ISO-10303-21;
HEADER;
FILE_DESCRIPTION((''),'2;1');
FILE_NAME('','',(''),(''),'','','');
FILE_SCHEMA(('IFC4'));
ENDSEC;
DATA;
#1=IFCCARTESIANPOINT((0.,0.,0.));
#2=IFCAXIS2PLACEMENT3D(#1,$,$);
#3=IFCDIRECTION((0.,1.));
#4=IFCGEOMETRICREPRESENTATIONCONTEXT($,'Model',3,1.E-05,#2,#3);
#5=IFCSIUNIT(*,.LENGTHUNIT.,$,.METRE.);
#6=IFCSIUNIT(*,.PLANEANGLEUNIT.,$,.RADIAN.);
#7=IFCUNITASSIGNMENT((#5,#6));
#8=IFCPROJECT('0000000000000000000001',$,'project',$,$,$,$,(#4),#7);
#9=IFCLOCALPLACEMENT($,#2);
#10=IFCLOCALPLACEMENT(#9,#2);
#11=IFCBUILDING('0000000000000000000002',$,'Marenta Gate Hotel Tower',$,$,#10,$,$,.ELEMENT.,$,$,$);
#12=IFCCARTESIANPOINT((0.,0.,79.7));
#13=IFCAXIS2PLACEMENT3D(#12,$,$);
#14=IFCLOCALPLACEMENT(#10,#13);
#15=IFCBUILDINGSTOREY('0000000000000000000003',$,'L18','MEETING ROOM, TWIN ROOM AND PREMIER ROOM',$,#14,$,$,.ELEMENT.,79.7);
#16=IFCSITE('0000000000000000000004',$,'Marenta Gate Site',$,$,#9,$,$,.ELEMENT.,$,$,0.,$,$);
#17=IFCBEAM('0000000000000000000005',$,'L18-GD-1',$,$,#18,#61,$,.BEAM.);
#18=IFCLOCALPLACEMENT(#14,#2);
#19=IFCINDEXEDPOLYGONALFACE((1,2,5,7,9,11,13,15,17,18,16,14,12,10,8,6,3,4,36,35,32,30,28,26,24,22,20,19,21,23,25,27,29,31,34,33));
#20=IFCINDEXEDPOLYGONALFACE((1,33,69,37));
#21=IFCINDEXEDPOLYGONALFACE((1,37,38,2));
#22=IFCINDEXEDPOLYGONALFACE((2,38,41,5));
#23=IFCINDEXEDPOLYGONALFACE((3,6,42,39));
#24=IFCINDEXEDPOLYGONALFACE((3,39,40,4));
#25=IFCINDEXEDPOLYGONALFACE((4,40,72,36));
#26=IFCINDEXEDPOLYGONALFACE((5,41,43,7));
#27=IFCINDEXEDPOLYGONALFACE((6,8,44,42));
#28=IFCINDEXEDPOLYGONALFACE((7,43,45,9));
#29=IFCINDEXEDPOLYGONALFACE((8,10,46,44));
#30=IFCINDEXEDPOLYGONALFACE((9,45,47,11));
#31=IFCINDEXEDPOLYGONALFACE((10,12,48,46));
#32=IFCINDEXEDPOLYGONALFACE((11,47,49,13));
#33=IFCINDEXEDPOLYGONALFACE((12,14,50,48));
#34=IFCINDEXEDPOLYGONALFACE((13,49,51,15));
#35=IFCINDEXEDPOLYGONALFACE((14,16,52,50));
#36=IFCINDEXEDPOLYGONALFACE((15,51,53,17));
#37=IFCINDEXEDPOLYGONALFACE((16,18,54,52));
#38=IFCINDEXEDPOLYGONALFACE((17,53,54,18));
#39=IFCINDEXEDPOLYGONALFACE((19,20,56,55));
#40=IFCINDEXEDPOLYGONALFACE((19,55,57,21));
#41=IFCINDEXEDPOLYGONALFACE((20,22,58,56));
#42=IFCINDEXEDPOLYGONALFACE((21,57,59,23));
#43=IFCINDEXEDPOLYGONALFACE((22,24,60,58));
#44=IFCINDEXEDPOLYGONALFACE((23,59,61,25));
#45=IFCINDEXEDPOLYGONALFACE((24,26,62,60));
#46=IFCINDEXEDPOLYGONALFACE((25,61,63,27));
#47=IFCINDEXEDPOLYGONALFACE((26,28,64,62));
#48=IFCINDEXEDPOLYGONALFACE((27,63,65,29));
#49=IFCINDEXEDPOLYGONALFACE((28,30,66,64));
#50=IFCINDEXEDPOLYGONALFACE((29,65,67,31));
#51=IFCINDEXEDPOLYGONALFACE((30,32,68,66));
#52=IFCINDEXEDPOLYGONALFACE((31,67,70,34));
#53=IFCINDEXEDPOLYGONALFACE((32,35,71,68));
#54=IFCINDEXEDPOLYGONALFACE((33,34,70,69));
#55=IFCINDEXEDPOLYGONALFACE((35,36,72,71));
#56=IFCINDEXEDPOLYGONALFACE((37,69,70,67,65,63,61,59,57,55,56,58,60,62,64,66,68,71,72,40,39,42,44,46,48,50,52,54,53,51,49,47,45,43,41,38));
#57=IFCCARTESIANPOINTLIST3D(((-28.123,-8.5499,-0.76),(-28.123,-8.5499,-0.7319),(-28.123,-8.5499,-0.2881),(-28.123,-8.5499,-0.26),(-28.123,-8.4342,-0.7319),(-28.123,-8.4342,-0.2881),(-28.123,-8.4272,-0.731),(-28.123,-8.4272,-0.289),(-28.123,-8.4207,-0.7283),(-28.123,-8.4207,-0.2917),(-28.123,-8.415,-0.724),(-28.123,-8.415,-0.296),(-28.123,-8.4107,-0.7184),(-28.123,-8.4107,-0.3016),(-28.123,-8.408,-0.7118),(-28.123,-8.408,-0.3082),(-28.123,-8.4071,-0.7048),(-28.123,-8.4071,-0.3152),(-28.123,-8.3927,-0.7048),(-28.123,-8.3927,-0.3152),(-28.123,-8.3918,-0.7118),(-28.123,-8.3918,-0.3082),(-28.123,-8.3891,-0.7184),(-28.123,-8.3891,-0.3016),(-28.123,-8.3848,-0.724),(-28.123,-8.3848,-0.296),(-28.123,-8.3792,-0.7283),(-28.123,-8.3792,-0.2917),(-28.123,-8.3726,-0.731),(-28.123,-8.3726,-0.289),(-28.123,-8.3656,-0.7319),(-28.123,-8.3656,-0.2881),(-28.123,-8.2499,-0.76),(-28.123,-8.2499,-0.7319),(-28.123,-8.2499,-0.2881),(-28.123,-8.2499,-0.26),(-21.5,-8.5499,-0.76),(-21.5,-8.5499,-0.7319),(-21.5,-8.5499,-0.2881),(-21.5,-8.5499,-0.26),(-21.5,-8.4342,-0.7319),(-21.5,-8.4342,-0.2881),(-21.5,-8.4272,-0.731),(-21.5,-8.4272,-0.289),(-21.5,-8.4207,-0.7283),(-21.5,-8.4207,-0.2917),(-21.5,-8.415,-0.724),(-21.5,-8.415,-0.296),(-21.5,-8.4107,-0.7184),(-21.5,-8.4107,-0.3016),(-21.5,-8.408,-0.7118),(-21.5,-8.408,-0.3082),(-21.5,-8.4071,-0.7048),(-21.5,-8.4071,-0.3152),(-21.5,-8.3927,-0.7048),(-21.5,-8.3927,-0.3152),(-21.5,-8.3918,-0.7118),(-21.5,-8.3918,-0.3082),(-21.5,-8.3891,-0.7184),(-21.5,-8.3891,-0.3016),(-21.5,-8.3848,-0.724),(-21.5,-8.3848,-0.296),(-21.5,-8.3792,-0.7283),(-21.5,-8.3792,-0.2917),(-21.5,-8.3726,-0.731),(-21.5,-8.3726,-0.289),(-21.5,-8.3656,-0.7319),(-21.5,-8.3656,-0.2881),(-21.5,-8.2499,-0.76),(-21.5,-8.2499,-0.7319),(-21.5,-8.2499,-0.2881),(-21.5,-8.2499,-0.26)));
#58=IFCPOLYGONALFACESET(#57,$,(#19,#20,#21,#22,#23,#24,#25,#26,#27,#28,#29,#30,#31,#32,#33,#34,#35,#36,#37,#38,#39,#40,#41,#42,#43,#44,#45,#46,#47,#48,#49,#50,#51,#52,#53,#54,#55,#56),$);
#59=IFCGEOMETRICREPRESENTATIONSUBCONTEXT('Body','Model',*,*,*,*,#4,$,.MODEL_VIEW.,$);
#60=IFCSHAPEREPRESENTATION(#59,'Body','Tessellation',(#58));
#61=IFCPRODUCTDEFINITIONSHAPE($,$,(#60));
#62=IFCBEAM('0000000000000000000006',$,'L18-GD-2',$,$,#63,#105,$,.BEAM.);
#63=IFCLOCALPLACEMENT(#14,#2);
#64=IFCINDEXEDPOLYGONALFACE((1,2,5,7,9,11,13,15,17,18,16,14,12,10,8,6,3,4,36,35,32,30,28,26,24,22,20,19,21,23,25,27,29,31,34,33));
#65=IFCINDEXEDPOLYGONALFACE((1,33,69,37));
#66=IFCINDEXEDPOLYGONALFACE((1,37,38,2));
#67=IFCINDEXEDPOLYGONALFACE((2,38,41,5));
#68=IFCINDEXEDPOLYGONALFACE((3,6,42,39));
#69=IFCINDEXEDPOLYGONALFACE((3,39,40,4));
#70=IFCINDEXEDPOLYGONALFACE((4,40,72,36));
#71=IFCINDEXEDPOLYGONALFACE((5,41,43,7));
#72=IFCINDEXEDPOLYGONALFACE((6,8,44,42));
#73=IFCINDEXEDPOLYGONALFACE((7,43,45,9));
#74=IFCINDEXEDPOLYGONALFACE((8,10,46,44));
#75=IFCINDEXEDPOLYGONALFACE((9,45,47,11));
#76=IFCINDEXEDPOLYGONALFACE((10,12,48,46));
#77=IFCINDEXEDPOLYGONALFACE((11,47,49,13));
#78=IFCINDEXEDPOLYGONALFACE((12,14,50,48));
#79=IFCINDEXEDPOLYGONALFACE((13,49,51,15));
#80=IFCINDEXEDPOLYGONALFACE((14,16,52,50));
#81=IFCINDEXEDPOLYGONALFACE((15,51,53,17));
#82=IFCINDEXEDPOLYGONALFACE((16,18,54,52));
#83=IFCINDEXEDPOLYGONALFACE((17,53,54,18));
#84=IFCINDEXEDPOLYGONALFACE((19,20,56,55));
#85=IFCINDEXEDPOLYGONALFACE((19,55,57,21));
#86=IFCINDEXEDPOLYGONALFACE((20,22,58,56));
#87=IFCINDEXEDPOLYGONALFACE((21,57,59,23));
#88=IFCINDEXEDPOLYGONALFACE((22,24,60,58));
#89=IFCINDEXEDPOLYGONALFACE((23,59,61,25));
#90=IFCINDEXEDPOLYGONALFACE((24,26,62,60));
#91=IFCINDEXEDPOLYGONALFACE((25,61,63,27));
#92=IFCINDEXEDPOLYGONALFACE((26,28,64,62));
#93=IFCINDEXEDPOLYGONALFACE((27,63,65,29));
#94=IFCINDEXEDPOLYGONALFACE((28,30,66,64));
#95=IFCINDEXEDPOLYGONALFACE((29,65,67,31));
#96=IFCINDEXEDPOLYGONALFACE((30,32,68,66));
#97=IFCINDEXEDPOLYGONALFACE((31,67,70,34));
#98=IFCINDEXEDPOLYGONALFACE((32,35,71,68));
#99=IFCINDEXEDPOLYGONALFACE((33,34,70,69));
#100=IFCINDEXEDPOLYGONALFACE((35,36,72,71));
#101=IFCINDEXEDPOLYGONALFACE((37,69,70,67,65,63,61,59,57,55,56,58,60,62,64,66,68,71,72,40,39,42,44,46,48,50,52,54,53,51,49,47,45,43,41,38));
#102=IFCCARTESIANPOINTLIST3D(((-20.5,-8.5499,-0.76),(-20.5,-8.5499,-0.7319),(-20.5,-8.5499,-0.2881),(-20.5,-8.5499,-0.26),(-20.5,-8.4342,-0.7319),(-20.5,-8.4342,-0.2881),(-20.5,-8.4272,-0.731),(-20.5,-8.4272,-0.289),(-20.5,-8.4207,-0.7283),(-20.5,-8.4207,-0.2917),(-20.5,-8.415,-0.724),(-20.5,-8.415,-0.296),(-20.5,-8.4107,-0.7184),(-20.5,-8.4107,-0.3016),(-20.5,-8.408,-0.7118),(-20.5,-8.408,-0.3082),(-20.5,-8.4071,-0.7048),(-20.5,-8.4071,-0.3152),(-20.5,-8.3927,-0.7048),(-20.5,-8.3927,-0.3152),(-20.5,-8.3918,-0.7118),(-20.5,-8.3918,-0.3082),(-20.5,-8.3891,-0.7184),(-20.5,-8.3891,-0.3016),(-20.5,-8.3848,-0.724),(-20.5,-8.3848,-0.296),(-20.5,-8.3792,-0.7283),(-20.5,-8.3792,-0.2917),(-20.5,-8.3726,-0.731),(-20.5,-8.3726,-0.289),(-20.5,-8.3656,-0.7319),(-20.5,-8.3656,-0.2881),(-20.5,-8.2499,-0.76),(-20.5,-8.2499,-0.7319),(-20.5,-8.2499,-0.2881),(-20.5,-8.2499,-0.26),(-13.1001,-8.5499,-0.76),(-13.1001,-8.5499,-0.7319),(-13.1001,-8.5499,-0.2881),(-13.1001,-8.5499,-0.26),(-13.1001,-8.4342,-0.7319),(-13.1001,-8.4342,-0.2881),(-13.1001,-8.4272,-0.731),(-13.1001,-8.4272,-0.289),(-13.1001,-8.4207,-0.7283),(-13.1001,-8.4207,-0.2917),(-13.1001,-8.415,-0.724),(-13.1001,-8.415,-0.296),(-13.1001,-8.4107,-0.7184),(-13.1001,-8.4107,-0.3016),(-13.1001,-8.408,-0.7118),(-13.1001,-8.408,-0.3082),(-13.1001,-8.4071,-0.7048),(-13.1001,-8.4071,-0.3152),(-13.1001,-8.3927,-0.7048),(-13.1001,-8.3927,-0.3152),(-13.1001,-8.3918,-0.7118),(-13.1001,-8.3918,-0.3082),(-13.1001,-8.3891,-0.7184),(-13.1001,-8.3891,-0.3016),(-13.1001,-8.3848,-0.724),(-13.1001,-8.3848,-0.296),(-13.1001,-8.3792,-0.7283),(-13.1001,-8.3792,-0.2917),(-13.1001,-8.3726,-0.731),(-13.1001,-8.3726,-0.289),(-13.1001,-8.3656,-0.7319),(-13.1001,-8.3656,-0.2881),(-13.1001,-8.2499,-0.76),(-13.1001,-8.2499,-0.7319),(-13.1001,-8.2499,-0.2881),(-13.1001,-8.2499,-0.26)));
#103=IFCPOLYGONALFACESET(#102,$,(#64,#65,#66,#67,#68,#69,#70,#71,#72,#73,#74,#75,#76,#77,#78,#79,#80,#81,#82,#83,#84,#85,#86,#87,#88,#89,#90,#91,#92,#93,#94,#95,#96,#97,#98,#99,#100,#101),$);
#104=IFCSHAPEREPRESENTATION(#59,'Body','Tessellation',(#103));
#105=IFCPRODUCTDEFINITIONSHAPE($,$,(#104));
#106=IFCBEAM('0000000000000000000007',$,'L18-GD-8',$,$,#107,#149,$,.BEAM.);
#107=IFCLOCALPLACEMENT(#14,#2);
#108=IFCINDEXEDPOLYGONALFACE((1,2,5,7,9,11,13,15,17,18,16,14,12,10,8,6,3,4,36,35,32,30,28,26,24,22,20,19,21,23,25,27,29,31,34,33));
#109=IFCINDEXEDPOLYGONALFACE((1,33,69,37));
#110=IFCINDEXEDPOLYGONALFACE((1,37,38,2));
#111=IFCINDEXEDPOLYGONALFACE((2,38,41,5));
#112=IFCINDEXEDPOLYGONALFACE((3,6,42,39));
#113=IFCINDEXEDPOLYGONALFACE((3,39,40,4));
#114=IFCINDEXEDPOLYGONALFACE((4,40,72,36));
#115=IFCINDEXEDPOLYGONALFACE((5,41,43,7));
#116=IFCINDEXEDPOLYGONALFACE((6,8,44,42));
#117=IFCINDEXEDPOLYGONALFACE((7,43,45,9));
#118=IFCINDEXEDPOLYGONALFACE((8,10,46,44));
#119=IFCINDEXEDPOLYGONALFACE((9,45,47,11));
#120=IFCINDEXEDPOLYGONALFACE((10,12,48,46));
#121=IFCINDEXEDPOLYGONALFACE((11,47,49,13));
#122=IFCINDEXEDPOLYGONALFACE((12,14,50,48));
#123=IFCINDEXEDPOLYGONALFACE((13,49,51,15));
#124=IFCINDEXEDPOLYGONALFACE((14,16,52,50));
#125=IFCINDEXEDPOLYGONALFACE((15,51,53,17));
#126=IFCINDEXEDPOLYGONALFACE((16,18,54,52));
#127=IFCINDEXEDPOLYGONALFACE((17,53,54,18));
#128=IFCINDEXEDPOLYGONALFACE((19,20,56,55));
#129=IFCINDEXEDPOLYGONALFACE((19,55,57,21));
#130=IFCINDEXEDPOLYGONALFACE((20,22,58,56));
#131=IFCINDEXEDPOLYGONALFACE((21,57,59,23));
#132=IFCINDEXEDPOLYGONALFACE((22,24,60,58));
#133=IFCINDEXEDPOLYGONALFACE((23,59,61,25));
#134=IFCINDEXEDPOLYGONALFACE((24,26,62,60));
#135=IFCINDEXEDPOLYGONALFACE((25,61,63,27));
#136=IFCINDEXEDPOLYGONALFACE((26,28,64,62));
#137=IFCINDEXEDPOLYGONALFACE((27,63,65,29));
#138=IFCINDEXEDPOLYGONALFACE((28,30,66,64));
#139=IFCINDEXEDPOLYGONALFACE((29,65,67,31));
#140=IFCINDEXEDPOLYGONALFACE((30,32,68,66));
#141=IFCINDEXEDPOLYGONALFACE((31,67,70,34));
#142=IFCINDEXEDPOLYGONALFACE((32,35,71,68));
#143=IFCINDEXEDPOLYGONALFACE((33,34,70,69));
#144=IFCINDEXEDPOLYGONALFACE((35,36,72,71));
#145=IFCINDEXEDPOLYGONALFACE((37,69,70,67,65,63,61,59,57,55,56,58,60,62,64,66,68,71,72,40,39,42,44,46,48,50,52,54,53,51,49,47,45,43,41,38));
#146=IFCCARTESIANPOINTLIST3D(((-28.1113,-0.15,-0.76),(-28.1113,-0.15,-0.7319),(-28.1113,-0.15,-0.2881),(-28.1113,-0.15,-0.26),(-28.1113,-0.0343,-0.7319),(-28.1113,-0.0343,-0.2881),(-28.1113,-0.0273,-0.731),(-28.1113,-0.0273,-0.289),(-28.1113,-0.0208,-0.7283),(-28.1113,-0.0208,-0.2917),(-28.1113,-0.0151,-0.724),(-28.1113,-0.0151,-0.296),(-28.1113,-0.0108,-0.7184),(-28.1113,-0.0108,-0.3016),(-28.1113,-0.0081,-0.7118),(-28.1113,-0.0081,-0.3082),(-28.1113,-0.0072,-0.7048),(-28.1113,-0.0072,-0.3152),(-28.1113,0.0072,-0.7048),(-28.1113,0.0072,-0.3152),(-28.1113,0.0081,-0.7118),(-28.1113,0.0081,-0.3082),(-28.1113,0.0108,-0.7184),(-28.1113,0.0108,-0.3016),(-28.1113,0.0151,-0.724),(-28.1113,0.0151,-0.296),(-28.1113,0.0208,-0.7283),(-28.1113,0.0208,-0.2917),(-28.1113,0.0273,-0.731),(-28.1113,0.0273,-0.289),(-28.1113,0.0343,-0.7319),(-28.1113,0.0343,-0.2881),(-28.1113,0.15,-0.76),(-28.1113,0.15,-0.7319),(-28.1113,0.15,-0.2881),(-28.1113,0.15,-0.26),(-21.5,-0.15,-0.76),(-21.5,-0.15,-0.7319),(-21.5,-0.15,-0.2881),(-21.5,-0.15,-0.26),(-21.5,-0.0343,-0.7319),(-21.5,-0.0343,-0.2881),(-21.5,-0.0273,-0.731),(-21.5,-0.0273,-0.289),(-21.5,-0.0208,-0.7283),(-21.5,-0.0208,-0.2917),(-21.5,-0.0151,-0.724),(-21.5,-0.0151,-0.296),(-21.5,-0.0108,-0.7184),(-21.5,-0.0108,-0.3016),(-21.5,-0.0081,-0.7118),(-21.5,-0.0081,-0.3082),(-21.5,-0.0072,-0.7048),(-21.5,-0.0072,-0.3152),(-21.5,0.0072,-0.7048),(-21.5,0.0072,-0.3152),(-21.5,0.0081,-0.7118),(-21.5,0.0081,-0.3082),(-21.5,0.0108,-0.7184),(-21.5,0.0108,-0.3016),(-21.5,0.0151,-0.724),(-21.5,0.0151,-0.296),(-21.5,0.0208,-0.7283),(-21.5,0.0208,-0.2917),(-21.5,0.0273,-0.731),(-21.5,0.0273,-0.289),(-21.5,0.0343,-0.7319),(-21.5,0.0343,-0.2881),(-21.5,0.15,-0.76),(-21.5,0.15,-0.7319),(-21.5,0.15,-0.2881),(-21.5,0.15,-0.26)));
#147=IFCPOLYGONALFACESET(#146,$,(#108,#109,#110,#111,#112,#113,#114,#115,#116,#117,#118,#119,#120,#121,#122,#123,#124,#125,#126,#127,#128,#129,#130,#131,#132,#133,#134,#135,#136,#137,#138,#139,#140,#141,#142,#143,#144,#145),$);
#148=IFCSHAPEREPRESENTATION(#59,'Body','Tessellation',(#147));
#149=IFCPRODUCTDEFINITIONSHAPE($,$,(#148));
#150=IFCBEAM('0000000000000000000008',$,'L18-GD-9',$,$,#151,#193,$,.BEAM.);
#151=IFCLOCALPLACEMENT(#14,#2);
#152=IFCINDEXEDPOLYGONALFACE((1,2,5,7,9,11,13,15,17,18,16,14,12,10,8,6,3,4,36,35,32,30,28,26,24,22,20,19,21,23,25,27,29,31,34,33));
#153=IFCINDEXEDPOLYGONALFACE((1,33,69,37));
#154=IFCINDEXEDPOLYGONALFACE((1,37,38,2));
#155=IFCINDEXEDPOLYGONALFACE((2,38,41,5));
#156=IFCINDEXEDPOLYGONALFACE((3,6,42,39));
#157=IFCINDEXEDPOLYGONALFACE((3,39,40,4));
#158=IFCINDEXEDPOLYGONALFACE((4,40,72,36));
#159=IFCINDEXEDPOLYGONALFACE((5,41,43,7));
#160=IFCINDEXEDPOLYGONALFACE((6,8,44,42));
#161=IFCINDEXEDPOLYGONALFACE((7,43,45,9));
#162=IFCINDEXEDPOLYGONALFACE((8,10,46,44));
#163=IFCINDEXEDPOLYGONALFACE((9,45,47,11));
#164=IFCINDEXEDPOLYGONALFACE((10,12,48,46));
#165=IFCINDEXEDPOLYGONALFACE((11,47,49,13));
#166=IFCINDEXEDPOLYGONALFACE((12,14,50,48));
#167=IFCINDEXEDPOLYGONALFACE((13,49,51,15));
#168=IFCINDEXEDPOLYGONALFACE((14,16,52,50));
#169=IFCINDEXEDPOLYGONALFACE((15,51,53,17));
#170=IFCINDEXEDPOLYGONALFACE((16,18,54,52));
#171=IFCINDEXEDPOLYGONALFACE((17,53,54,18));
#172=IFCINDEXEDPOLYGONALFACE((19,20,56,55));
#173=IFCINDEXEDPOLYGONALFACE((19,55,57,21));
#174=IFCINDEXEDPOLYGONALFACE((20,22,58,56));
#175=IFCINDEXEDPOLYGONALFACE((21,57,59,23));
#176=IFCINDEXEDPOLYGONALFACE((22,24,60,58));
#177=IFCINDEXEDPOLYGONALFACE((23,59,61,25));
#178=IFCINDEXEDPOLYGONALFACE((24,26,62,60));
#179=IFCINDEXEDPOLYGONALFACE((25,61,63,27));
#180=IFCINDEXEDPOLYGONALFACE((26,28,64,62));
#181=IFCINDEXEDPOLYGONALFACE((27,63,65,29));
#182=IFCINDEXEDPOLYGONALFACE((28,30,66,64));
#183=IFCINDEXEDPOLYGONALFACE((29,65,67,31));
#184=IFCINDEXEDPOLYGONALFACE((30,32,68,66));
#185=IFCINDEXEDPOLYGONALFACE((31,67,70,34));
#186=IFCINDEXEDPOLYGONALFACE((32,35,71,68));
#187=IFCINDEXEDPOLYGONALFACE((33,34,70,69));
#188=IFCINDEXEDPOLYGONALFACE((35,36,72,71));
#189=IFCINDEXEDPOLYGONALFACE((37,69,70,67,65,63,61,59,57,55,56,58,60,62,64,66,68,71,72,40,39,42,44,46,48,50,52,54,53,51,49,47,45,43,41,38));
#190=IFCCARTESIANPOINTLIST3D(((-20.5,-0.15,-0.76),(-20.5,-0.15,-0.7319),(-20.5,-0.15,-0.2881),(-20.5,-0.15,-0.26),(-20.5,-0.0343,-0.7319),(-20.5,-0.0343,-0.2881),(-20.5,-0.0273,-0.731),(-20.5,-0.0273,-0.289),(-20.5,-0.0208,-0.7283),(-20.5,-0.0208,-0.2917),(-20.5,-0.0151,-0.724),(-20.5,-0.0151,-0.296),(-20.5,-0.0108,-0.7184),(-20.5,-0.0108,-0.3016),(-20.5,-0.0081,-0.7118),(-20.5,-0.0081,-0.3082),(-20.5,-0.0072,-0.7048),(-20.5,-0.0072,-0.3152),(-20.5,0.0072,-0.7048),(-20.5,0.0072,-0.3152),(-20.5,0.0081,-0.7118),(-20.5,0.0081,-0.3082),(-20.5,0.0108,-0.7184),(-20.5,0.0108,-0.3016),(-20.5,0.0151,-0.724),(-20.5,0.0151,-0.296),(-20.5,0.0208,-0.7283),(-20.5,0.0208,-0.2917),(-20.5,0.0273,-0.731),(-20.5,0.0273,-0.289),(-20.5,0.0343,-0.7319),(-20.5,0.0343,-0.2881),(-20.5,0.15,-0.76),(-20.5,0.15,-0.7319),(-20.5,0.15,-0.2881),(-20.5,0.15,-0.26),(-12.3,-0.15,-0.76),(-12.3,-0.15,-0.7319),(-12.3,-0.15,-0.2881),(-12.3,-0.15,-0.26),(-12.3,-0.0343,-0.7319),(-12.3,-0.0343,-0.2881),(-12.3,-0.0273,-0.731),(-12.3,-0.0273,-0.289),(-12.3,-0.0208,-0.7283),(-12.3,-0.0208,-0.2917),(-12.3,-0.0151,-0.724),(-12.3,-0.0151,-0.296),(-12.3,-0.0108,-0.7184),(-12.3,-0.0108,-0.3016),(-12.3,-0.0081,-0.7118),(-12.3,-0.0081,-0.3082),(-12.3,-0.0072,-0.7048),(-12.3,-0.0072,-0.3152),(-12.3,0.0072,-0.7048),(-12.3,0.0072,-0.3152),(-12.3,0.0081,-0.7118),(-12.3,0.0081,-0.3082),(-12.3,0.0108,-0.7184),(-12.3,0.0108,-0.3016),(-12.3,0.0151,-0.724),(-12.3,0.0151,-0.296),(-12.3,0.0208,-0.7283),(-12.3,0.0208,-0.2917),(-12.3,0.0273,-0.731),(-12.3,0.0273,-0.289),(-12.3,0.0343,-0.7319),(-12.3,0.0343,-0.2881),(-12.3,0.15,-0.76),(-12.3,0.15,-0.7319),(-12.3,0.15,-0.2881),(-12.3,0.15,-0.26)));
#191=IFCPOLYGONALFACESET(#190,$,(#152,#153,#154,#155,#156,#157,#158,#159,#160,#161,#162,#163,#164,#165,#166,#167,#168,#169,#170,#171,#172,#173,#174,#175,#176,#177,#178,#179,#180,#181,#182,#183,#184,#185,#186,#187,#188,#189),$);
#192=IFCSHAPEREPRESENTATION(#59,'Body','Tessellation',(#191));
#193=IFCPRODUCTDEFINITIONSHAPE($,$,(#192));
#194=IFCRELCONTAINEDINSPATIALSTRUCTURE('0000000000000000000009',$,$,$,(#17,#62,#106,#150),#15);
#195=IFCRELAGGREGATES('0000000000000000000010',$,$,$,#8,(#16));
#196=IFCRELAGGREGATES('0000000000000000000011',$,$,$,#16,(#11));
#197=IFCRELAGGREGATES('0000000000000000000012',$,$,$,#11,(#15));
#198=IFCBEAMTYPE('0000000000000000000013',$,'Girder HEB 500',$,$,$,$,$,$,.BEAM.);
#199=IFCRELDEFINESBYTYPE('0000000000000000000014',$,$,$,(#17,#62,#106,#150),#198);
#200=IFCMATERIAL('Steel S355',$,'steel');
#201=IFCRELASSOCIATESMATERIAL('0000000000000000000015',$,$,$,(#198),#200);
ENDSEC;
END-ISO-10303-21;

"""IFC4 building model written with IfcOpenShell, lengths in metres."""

from ifc_helpers import new_model, si_unit, direction, frame, origin, origin_2d, place, context, subcontext, project, spatial, i_section, extrude, material, material_profile, profile_set, type_object, element, save


model = new_model("IFC4")

# Units and contexts
model_context = context("Model", 3, precision=1e-05, world=origin(), true_north=direction((0.0, 1.0)))
body_context = subcontext(model_context, "Body", "Model", "MODEL_VIEW")
ifc_project = project(units=[si_unit("LENGTHUNIT", "METRE"), si_unit("PLANEANGLEUNIT", "RADIAN")], contexts=[model_context])

# Site, building, storey
site_placement = place(None, origin())
site = spatial("IfcSite", under=ifc_project, at=site_placement, Name="Marenta Gate Site", CompositionType="ELEMENT", RefElevation=0.0)
building_placement = place(site_placement, origin())
building = spatial("IfcBuilding", under=site, at=building_placement, Name="Marenta Gate Hotel Tower", CompositionType="ELEMENT")
storey_placement = place(building_placement, frame((0.0, 0.0, 79.7)))
storey = spatial("IfcBuildingStorey", under=building, at=storey_placement, Name="L18", Description="MEETING ROOM, TWIN ROOM AND PREMIER ROOM", CompositionType="ELEMENT", Elevation=79.7)

# Beams
ifc_material_1 = material(Name="Steel S355", Category="steel")
ifc_material_profile_1 = material_profile(ifc_material_1, i_section(OverallWidth=0.3, OverallDepth=0.5, WebThickness=0.0144, FlangeThickness=0.0281, FilletRadius=0.0271, at=origin_2d()), Name="HEB 500")
ifc_profile_set_1 = profile_set([ifc_material_profile_1], Name="Steel S355")
beam_type_1 = type_object("IfcBeamType", Name="Girder HEB 500", PredefinedType="BEAM", material=ifc_profile_set_1)
beam_1_placement = place(storey_placement, frame((-28.123, -8.3999, -0.51), z_axis=(1.0, 0.0, 0.0), x_axis=(0.0, 1.0, 0.0)))
element("IfcBeam", 1, at=beam_1_placement, inside=storey, type_object=beam_type_1, Name="L18-GD-1", PredefinedType="BEAM", context=body_context, shape_type="SweptSolid", body=[
    extrude(i_section(OverallWidth=0.3, OverallDepth=0.5, WebThickness=0.0144, FlangeThickness=0.0281, FilletRadius=0.0271, at=origin_2d()), origin(), (0.0, 0.0, 1.0), 6.623),
])
beam_2_placement = place(storey_placement, frame((-20.5, -8.3999, -0.51), z_axis=(1.0, 0.0, 0.0), x_axis=(0.0, 1.0, 0.0)))
element("IfcBeam", 2, at=beam_2_placement, inside=storey, type_object=beam_type_1, Name="L18-GD-2", PredefinedType="BEAM", context=body_context, shape_type="SweptSolid", body=[
    extrude(i_section(OverallWidth=0.3, OverallDepth=0.5, WebThickness=0.0144, FlangeThickness=0.0281, FilletRadius=0.0271, at=origin_2d()), origin(), (0.0, 0.0, 1.0), 7.3999),
])
beam_3_placement = place(storey_placement, frame((-28.1113, 0.0, -0.51), z_axis=(1.0, 0.0, 0.0), x_axis=(0.0, 1.0, 0.0)))
element("IfcBeam", 3, at=beam_3_placement, inside=storey, type_object=beam_type_1, Name="L18-GD-8", PredefinedType="BEAM", context=body_context, shape_type="SweptSolid", body=[
    extrude(i_section(OverallWidth=0.3, OverallDepth=0.5, WebThickness=0.0144, FlangeThickness=0.0281, FilletRadius=0.0271, at=origin_2d()), origin(), (0.0, 0.0, 1.0), 6.6113),
])
beam_4_placement = place(storey_placement, frame((-20.5, 0.0, -0.51), z_axis=(1.0, 0.0, 0.0), x_axis=(0.0, 1.0, 0.0)))
element("IfcBeam", 4, at=beam_4_placement, inside=storey, type_object=beam_type_1, Name="L18-GD-9", PredefinedType="BEAM", context=body_context, shape_type="SweptSolid", body=[
    extrude(i_section(OverallWidth=0.3, OverallDepth=0.5, WebThickness=0.0144, FlangeThickness=0.0281, FilletRadius=0.0271, at=origin_2d()), origin(), (0.0, 0.0, 1.0), 8.2),
])

save(model, "model.ifc")
